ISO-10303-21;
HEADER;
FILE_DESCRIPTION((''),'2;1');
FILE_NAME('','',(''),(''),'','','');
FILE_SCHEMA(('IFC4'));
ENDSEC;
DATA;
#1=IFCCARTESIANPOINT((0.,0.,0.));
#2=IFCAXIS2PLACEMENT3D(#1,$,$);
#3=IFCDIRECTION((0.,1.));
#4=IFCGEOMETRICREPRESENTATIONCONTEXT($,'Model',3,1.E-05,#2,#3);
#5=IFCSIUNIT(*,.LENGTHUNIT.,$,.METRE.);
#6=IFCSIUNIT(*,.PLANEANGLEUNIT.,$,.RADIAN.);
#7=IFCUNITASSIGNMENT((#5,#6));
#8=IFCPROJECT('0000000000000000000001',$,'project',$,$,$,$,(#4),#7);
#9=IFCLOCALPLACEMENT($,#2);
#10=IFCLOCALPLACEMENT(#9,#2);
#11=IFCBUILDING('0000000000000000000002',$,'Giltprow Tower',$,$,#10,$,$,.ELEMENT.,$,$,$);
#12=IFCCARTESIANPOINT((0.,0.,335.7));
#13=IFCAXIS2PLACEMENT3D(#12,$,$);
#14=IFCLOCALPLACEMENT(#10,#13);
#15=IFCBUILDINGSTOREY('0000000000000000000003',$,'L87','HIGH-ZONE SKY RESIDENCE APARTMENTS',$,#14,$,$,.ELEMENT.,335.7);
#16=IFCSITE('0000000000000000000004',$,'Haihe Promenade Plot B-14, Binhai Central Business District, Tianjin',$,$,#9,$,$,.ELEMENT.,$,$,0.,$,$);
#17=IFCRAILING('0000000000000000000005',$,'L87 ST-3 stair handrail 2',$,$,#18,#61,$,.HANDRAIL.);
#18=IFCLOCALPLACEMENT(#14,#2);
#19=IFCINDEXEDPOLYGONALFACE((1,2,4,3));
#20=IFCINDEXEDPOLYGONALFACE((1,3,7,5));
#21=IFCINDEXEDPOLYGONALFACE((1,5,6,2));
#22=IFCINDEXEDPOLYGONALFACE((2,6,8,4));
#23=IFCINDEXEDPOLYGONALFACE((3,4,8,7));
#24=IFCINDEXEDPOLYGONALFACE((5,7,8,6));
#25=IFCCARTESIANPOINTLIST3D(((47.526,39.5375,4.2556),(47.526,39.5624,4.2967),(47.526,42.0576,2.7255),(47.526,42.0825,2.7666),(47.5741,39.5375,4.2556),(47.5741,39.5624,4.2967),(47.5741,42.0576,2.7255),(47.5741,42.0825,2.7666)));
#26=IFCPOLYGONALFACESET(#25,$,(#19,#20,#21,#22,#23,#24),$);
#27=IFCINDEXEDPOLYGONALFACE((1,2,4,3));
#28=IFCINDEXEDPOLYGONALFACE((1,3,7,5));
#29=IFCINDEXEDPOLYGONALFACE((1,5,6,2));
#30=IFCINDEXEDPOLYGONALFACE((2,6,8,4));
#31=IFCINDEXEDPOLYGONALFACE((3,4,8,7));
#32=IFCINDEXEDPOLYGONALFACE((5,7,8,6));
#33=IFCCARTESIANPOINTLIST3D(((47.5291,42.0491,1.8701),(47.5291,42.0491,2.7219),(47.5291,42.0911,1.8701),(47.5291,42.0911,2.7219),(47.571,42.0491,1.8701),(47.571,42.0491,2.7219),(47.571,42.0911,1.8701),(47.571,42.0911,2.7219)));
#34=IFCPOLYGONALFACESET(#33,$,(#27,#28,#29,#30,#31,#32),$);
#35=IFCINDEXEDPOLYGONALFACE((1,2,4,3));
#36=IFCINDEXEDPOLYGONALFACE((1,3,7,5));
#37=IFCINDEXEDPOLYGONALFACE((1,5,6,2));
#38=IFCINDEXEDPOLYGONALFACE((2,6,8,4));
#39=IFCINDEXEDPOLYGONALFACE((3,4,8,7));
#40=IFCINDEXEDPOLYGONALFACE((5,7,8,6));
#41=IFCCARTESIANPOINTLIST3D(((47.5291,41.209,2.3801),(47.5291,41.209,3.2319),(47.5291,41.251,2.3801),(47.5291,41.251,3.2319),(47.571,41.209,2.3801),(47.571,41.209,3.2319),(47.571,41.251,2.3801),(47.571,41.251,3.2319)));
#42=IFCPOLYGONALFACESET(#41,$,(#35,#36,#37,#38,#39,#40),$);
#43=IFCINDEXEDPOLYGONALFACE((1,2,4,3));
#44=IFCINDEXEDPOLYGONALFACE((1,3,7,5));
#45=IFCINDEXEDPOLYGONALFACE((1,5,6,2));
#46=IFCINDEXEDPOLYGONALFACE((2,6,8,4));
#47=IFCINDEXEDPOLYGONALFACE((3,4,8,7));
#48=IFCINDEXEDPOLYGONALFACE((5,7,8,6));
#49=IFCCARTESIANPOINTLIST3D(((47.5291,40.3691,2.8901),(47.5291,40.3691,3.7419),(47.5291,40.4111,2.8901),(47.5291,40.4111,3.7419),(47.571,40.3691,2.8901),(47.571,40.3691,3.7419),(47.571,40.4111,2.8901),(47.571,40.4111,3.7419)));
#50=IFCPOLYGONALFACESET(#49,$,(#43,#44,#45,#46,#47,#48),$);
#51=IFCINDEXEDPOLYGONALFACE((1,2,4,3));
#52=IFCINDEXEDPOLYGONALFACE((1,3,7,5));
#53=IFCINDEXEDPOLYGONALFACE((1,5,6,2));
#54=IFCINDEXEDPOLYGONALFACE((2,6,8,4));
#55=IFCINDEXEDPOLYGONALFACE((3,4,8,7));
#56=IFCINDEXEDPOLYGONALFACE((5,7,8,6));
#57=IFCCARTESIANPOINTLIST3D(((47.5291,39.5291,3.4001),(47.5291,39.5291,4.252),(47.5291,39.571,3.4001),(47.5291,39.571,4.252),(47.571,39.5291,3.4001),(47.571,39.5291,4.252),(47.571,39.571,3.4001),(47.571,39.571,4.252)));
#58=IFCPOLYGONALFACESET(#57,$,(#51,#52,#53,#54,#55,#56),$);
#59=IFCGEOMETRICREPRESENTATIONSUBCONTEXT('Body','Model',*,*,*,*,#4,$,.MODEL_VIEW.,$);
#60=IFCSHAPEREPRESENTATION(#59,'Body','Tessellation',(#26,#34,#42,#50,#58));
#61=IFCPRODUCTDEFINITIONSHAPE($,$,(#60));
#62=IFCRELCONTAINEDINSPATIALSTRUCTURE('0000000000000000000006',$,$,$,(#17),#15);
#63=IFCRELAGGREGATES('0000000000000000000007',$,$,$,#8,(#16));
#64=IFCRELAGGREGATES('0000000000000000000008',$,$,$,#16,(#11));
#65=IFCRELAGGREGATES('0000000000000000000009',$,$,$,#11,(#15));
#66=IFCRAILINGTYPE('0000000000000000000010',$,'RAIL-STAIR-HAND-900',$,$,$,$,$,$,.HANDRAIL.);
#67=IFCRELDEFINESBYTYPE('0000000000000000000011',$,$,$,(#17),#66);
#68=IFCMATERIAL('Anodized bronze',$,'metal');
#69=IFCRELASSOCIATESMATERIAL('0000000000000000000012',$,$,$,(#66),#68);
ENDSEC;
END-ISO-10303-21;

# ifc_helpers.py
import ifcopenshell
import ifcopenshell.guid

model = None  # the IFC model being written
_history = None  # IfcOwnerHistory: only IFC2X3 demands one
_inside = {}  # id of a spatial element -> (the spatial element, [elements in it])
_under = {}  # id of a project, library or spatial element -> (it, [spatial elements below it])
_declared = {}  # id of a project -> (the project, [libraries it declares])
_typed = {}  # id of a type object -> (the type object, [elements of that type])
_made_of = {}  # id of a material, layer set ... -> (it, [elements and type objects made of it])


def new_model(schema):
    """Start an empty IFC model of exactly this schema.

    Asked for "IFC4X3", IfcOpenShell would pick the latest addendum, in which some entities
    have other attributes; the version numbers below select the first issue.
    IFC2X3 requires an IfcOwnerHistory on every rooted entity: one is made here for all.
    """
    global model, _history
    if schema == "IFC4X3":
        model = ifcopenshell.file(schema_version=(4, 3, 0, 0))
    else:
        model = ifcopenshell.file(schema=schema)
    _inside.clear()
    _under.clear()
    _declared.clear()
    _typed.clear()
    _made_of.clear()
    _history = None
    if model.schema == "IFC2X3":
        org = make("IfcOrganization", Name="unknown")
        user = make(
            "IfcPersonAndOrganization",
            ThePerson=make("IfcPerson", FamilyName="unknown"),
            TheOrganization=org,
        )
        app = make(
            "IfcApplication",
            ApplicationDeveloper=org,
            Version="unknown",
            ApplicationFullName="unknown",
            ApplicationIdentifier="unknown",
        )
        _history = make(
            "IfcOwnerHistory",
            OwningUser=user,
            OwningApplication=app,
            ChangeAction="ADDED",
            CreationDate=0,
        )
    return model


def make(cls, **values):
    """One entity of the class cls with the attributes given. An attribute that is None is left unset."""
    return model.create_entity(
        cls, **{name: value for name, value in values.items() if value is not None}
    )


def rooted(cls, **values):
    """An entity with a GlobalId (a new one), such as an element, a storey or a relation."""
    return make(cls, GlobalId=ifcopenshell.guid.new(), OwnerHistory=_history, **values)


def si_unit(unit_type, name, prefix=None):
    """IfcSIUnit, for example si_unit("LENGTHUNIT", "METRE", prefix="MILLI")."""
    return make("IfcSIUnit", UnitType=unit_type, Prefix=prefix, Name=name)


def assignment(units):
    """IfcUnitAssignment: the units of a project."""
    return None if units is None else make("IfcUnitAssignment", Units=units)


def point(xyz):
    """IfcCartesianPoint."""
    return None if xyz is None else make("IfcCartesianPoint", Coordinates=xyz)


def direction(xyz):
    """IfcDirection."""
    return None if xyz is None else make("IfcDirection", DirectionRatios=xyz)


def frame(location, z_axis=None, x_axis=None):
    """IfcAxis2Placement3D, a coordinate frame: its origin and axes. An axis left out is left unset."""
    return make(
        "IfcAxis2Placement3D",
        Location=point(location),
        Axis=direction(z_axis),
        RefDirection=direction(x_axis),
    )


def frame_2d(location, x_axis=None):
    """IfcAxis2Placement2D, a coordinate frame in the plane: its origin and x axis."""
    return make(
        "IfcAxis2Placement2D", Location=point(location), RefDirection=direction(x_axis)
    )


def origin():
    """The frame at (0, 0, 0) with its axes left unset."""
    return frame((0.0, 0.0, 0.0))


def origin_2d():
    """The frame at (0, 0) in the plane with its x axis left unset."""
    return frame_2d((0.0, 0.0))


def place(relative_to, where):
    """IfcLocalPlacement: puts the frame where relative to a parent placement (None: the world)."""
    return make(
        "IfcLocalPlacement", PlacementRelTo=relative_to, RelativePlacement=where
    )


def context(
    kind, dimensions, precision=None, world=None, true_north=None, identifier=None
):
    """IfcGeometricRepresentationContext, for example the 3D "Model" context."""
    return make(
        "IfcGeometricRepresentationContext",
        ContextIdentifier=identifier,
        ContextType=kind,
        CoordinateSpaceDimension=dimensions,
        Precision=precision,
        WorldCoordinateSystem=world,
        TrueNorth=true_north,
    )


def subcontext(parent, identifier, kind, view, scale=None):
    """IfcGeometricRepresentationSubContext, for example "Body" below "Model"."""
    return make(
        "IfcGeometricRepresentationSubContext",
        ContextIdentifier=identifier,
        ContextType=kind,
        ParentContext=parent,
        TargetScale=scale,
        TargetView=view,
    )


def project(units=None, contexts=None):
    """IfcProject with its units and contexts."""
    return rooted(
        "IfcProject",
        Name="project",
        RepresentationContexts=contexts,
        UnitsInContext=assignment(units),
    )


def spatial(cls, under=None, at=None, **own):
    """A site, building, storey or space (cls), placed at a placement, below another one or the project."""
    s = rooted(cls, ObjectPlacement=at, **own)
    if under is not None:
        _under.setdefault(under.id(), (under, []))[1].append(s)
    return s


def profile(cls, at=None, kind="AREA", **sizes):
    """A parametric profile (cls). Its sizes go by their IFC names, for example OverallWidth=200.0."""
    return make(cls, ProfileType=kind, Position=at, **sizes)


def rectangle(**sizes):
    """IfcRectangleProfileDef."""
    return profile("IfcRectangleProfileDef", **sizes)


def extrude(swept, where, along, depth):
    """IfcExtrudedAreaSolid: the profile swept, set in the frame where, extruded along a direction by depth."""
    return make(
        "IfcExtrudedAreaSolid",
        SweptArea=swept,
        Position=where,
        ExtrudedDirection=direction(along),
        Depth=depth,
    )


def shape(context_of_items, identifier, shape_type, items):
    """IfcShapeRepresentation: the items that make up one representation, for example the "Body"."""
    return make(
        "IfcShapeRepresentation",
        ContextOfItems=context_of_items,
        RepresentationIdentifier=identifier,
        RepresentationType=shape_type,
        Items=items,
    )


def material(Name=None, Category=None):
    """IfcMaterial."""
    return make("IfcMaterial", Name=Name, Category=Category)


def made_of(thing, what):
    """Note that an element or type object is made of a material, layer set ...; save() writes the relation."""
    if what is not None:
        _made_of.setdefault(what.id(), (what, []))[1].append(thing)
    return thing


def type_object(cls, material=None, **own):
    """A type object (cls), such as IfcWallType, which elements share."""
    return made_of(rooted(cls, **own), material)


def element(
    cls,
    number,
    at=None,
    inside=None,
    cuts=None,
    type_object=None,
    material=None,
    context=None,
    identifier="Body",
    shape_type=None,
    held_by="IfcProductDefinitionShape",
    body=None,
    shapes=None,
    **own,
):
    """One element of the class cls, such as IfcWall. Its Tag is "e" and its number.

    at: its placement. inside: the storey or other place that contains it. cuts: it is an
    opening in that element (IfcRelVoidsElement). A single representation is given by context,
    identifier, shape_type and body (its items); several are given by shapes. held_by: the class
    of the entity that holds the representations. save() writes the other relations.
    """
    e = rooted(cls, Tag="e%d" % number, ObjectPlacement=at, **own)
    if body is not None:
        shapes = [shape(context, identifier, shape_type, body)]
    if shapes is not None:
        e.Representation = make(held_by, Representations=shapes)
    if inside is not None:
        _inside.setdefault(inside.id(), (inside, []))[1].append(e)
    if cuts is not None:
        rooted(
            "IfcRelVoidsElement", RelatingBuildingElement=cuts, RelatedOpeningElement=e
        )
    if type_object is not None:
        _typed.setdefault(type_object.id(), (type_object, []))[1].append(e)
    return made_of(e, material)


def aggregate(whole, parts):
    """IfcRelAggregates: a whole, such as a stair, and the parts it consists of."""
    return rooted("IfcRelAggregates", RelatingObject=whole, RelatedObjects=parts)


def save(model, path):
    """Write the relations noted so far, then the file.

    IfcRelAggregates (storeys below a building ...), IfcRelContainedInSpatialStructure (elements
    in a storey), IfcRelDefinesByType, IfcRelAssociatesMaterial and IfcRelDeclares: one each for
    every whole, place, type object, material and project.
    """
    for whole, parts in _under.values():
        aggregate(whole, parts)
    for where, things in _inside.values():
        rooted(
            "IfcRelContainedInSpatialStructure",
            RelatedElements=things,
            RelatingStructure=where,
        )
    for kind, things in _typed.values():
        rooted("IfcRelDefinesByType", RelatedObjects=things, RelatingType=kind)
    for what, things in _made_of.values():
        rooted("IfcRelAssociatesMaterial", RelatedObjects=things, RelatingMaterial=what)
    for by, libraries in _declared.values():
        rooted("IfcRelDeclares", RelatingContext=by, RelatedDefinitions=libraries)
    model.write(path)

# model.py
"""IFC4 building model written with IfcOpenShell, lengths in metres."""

from ifc_helpers import new_model, si_unit, direction, frame, origin, origin_2d, place, context, subcontext, project, spatial, rectangle, extrude, material, type_object, element, save


model = new_model("IFC4")

# Units and contexts
model_context = context("Model", 3, precision=1e-05, world=origin(), true_north=direction((0.0, 1.0)))
body_context = subcontext(model_context, "Body", "Model", "MODEL_VIEW")
ifc_project = project(units=[si_unit("LENGTHUNIT", "METRE"), si_unit("PLANEANGLEUNIT", "RADIAN")], contexts=[model_context])

# Site, building, storey
site_placement = place(None, origin())
site = spatial("IfcSite", under=ifc_project, at=site_placement, Name="Haihe Promenade Plot B-14, Binhai Central Business District, Tianjin", CompositionType="ELEMENT", RefElevation=0.0)
building_placement = place(site_placement, origin())
building = spatial("IfcBuilding", under=site, at=building_placement, Name="Giltprow Tower", CompositionType="ELEMENT")
storey_placement = place(building_placement, frame((0.0, 0.0, 335.7)))
storey = spatial("IfcBuildingStorey", under=building, at=storey_placement, Name="L87", Description="HIGH-ZONE SKY RESIDENCE APARTMENTS", CompositionType="ELEMENT", Elevation=335.7)

# Railing
ifc_material_1 = material(Name="Anodized bronze", Category="metal")
railing_type_1 = type_object("IfcRailingType", Name="RAIL-STAIR-HAND-900", PredefinedType="HANDRAIL", material=ifc_material_1)
railing_1_placement = place(storey_placement, frame((47.55, 42.0701, 1.8701)))
element("IfcRailing", 1, at=railing_1_placement, inside=storey, type_object=railing_type_1, Name="L87 ST-3 stair handrail 2", PredefinedType="HANDRAIL", context=body_context, shape_type="SweptSolid", body=[
    extrude(rectangle(XDim=0.0481, YDim=0.0481, at=origin_2d()), frame((0.0, 0.0, 0.876), z_axis=(0.0, -0.854785, 0.518982), x_axis=(1.0, 0.0, 0.0)), (0.0, 0.0, 1.0), 2.9482),
    extrude(rectangle(XDim=0.042, YDim=0.042, at=origin_2d()), origin(), (0.0, 0.0, 1.0), 0.8518),
    extrude(rectangle(XDim=0.042, YDim=0.042, at=origin_2d()), frame((0.0, -0.8401, 0.51)), (0.0, 0.0, 1.0), 0.8518),
    extrude(rectangle(XDim=0.042, YDim=0.042, at=origin_2d()), frame((0.0, -1.6799, 1.02)), (0.0, 0.0, 1.0), 0.8518),
    extrude(rectangle(XDim=0.042, YDim=0.042, at=origin_2d()), frame((0.0, -2.52, 1.53)), (0.0, 0.0, 1.0), 0.8518),
])

save(model, "model.ifc")
